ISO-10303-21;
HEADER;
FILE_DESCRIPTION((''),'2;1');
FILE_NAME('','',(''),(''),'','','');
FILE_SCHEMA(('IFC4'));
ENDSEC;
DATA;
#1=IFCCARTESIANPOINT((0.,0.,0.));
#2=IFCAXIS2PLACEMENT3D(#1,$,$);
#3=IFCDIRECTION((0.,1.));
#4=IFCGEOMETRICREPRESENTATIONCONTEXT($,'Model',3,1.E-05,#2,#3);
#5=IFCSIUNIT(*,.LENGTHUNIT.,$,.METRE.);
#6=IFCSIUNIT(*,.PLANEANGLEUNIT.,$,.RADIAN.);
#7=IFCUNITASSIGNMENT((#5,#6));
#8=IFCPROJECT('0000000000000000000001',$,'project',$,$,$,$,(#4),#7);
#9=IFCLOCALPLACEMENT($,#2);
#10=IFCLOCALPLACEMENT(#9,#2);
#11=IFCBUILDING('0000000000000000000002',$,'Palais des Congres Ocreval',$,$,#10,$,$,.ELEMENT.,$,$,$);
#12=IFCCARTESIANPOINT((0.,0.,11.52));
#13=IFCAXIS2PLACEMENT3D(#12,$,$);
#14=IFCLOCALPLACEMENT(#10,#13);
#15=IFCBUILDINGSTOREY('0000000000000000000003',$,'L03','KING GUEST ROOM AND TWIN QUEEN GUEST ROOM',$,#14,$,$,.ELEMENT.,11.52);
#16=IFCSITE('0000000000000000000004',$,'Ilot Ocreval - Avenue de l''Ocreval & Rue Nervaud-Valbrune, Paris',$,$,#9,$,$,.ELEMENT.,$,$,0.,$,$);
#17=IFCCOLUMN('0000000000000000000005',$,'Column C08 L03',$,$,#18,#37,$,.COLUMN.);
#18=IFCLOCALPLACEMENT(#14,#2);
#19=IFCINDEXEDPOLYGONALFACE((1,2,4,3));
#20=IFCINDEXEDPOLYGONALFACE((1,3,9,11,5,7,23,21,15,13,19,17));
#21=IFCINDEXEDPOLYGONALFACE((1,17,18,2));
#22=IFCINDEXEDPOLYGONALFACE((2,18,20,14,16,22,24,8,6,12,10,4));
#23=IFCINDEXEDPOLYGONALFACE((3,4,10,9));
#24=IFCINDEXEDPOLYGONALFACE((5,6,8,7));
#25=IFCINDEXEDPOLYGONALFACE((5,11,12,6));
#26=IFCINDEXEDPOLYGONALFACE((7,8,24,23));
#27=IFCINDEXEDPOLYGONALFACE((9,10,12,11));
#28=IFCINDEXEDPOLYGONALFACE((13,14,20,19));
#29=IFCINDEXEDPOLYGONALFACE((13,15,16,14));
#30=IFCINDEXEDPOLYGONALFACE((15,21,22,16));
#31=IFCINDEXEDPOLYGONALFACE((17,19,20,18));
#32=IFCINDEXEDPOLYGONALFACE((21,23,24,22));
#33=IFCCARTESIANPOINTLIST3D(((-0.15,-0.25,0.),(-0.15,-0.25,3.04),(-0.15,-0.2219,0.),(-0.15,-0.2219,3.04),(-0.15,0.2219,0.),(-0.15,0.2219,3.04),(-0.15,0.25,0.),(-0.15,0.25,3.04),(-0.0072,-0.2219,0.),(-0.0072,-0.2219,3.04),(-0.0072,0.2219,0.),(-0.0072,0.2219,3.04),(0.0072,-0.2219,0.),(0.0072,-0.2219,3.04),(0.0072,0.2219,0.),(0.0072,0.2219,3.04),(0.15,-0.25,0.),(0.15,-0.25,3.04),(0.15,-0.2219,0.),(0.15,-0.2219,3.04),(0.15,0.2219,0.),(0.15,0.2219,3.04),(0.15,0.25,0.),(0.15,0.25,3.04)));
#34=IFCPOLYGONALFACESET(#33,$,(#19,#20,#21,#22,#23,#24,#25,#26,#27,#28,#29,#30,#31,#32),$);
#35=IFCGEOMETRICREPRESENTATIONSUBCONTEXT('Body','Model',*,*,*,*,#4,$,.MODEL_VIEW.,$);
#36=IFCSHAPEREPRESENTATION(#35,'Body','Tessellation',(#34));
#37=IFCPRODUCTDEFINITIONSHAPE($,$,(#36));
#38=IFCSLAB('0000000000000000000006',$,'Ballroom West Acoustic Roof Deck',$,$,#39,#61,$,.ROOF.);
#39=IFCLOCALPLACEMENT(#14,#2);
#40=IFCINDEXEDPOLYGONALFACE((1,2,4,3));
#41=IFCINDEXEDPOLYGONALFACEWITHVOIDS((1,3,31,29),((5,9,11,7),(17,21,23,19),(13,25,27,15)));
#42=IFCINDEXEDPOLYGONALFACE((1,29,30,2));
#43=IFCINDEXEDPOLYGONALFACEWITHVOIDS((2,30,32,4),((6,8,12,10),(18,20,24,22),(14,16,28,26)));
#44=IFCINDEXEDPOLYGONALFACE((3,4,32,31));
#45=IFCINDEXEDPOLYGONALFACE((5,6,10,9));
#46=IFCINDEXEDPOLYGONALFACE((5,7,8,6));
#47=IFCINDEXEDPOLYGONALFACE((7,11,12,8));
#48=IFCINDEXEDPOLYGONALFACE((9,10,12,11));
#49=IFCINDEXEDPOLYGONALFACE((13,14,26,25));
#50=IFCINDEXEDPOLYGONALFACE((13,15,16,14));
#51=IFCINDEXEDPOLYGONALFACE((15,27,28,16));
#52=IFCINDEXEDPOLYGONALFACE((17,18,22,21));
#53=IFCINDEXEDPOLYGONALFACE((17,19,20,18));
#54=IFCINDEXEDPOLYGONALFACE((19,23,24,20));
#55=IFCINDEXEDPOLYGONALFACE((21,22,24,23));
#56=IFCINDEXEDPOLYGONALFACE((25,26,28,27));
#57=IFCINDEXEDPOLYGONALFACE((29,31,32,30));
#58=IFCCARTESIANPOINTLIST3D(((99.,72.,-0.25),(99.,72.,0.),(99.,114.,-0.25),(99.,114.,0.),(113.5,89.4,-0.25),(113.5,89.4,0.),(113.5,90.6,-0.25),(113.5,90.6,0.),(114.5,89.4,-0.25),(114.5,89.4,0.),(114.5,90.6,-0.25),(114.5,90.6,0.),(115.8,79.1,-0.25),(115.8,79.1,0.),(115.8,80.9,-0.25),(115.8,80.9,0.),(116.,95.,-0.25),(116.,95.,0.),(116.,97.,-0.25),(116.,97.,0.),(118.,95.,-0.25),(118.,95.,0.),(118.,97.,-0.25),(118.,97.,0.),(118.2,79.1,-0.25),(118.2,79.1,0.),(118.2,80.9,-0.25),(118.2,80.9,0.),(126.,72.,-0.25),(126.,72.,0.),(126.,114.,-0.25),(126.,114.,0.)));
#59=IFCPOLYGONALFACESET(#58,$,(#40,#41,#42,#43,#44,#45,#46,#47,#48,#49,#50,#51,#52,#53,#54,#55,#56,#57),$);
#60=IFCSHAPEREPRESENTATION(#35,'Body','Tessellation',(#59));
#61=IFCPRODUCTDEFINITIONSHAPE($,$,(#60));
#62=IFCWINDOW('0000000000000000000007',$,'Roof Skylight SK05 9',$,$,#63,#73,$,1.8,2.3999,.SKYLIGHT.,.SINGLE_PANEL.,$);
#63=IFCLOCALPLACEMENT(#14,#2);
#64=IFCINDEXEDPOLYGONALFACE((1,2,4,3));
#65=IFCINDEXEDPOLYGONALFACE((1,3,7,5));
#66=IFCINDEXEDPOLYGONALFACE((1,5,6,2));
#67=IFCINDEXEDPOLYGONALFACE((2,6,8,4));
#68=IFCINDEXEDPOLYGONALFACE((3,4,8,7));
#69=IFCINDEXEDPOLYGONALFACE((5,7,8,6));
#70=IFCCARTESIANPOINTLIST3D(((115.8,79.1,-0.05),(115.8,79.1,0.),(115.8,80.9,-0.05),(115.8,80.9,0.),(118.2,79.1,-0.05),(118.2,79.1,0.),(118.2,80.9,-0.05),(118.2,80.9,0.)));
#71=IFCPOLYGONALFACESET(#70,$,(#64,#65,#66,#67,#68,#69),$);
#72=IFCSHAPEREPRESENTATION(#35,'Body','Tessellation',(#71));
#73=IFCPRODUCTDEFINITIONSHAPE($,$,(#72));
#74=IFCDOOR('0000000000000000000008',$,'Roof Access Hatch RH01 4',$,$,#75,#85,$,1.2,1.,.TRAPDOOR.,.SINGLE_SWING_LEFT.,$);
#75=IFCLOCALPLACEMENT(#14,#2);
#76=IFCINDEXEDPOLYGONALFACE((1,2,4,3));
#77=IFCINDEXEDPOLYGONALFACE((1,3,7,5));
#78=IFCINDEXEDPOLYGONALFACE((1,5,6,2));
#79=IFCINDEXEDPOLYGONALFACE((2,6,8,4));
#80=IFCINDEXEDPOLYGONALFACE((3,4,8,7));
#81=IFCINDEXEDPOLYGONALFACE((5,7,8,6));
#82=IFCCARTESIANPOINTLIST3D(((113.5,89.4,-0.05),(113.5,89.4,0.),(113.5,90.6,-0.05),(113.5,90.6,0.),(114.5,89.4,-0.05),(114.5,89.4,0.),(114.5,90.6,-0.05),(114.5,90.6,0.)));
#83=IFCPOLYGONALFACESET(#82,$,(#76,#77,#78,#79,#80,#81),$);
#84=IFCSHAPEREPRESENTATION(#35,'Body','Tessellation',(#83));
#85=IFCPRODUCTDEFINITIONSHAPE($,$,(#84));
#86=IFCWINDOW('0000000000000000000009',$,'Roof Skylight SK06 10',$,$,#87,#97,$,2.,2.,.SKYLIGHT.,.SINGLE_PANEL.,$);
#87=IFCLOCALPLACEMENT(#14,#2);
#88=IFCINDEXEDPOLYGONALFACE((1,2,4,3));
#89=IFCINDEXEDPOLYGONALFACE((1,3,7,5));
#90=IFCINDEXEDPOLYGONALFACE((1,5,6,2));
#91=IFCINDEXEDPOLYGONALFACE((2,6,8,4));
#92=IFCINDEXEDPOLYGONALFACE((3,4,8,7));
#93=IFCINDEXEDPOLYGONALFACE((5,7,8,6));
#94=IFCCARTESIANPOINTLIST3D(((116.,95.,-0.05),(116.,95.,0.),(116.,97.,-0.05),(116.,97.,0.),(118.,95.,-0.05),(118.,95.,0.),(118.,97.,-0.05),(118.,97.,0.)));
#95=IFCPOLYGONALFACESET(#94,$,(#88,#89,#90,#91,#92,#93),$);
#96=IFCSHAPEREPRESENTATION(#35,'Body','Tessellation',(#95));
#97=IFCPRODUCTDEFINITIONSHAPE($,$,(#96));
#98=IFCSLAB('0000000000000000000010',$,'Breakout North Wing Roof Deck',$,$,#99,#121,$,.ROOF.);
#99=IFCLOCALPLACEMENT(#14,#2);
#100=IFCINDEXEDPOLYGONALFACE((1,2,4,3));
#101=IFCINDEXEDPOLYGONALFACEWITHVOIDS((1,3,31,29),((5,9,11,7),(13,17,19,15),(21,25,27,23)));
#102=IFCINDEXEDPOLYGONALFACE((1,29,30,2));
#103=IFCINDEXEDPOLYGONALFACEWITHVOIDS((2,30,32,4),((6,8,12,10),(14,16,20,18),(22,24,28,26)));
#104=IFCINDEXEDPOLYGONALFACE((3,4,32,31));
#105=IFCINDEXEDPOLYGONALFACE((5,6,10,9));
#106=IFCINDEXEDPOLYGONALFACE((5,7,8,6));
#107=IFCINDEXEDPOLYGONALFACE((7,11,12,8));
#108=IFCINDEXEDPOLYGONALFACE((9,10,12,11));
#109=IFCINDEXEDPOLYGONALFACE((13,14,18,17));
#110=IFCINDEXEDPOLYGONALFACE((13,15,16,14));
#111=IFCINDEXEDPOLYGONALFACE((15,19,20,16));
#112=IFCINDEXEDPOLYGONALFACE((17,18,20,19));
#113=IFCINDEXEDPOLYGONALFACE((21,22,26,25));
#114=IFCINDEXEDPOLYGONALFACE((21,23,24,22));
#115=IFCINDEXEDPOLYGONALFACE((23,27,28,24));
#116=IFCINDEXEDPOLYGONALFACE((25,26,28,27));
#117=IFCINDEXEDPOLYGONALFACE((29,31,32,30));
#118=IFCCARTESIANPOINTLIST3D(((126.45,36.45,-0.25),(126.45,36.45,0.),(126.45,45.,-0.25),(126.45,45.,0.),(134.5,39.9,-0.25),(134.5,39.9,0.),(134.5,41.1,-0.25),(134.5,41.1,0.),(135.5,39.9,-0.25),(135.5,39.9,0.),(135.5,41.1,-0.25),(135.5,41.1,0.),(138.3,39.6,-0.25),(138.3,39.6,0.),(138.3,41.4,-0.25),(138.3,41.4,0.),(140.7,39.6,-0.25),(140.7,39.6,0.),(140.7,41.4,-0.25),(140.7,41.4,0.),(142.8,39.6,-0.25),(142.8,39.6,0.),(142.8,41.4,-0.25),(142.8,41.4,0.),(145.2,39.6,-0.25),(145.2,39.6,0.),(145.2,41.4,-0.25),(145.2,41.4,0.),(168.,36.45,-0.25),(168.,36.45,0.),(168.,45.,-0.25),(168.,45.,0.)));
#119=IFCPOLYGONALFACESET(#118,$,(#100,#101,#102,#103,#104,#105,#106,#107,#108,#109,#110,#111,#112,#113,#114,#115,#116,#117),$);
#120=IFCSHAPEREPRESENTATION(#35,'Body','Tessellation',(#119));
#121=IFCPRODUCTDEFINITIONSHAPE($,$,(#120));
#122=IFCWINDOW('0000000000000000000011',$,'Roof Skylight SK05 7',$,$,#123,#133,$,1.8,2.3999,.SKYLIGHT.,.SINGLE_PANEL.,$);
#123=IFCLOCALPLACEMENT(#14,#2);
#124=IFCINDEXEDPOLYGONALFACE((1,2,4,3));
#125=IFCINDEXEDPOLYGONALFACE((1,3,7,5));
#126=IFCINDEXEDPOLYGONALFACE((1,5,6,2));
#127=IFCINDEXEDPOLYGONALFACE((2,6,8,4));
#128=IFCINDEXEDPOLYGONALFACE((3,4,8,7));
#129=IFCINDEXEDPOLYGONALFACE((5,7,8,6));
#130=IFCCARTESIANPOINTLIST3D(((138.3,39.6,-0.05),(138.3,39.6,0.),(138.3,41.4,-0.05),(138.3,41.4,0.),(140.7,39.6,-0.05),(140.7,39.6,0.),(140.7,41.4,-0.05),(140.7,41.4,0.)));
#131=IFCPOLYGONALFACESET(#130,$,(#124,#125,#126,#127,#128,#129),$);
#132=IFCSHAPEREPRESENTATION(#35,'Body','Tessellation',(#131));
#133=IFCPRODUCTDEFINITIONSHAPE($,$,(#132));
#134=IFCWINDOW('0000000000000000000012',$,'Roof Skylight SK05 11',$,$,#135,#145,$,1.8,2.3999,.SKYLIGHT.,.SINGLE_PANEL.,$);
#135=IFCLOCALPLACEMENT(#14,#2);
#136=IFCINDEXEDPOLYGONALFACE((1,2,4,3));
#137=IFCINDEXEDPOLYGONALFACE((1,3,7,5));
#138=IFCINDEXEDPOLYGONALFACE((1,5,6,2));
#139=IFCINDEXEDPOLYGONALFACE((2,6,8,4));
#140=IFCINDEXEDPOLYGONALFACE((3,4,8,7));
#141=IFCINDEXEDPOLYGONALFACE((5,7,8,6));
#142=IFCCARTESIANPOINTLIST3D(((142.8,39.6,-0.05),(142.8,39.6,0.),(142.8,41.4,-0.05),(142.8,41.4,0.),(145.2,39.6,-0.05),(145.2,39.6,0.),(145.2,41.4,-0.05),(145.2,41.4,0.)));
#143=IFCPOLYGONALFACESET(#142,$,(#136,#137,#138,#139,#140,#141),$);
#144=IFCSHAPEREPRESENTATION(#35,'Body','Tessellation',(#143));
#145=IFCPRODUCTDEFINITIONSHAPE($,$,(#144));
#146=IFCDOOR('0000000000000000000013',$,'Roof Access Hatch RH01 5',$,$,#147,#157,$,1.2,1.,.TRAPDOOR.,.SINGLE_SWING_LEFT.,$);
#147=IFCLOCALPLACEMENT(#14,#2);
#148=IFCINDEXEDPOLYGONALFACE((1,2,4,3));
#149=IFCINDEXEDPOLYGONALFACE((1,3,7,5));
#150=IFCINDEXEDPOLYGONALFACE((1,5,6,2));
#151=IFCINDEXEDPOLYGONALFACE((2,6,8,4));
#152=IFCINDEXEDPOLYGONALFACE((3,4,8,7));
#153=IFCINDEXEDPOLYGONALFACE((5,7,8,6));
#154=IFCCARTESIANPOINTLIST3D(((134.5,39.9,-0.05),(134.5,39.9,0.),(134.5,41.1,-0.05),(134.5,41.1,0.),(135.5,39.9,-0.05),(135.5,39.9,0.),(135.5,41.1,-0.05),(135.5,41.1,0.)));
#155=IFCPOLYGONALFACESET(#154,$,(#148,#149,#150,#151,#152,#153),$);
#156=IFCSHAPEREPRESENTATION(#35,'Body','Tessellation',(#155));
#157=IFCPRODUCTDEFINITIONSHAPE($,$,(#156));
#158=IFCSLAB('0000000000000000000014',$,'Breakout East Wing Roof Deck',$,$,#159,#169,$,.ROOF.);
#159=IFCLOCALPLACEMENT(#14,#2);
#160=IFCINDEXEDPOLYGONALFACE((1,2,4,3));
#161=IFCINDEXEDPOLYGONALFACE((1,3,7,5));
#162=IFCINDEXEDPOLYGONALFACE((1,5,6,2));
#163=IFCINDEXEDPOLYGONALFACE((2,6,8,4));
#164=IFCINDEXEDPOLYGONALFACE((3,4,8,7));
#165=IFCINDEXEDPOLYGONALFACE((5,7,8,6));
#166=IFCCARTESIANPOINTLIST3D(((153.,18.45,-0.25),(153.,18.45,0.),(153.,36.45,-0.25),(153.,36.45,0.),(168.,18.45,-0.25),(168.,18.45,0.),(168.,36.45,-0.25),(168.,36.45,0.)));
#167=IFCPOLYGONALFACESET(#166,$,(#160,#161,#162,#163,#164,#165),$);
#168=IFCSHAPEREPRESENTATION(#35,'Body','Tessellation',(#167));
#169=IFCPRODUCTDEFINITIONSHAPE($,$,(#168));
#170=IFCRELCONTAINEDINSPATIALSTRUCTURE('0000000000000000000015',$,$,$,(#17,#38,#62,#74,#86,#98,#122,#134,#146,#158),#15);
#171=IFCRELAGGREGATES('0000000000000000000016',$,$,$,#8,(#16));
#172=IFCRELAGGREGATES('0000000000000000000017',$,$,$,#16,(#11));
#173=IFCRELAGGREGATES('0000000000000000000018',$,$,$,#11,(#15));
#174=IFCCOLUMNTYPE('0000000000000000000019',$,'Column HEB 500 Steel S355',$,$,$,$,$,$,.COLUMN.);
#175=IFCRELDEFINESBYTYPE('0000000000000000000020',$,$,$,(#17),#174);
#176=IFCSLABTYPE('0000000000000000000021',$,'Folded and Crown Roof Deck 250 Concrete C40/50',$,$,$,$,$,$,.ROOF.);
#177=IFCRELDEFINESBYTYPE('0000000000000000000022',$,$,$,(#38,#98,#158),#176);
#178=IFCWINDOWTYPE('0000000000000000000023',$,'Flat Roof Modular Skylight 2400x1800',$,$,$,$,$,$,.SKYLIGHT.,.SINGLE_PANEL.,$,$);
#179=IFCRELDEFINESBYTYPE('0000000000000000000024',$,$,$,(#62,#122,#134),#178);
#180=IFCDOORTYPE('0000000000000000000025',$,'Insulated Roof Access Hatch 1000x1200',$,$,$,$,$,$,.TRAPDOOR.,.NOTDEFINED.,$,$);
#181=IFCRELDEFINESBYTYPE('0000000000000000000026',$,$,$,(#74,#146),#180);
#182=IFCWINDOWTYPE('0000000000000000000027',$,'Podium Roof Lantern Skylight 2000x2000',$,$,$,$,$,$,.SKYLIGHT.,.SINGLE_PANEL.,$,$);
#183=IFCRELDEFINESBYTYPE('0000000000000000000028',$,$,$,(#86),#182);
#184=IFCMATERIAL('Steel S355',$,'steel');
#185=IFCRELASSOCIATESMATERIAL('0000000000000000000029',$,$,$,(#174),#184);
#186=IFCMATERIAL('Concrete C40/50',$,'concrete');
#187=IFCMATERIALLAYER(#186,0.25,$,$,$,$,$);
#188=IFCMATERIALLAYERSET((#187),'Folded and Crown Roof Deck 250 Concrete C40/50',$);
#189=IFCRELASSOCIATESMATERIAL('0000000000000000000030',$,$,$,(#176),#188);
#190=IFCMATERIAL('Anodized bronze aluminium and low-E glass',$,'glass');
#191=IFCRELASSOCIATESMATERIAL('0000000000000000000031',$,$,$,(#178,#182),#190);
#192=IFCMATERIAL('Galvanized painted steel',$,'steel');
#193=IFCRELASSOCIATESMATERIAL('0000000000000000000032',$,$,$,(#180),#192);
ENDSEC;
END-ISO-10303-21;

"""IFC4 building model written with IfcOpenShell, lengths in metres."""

from ifc_helpers import new_model, si_unit, direction, frame, origin, origin_with_axes, origin_2d, place, context, subcontext, project, spatial, polyline, rectangle, i_section, outline, extrude, material, layer, layer_set, material_profile, profile_set, type_object, element, fill, save


model = new_model("IFC4")

# Units and contexts
model_context = context("Model", 3, precision=1e-05, world=origin(), true_north=direction((0.0, 1.0)))
body_context = subcontext(model_context, "Body", "Model", "MODEL_VIEW")
ifc_project = project(units=[si_unit("LENGTHUNIT", "METRE"), si_unit("PLANEANGLEUNIT", "RADIAN")], contexts=[model_context])

# Site, building, storey
site_placement = place(None, origin())
site = spatial("IfcSite", under=ifc_project, at=site_placement, Name="Ilot Ocreval - Avenue de l'Ocreval & Rue Nervaud-Valbrune, Paris", CompositionType="ELEMENT", RefElevation=0.0)
building_placement = place(site_placement, origin())
building = spatial("IfcBuilding", under=site, at=building_placement, Name="Palais des Congres Ocreval", CompositionType="ELEMENT")
storey_placement = place(building_placement, frame((0.0, 0.0, 11.52)))
storey = spatial("IfcBuildingStorey", under=building, at=storey_placement, Name="L03", Description="KING GUEST ROOM AND TWIN QUEEN GUEST ROOM", CompositionType="ELEMENT", Elevation=11.52)

# Column
ifc_material_1 = material(Name="Steel S355", Category="steel")
ifc_material_profile = material_profile(ifc_material_1, i_section(OverallWidth=0.3, OverallDepth=0.5, WebThickness=0.0144, FlangeThickness=0.0281, at=origin_2d()), Name="HEB 500")
ifc_profile_set = profile_set([ifc_material_profile], Name="Steel S355")
column_type = type_object("IfcColumnType", Name="Column HEB 500 Steel S355", PredefinedType="COLUMN", material=ifc_profile_set)
column_placement = place(storey_placement, origin_with_axes())
element("IfcColumn", 1, at=column_placement, inside=storey, type_object=column_type, Name="Column C08 L03", PredefinedType="COLUMN", context=body_context, shape_type="SweptSolid", body=[
    extrude(i_section(OverallWidth=0.3, OverallDepth=0.5, WebThickness=0.0144, FlangeThickness=0.0281, at=origin_2d()), origin(), (0.0, 0.0, 1.0), 3.04),
])

# Slabs, openings, windows, doors
ifc_material_2 = material(Name="Concrete C40/50", Category="concrete")
ifc_layer_1 = layer(ifc_material_2, 0.25)
ifc_layer_set_1 = layer_set([ifc_layer_1], Name="Folded and Crown Roof Deck 250 Concrete C40/50")
slab_type_1 = type_object("IfcSlabType", Name="Folded and Crown Roof Deck 250 Concrete C40/50", PredefinedType="ROOF", material=ifc_layer_set_1)
slab_1_placement = place(storey_placement, frame((0.0, 0.0, -0.25)))
slab_1 = element("IfcSlab", 2, at=slab_1_placement, inside=storey, type_object=slab_type_1, Name="Ballroom West Acoustic Roof Deck", PredefinedType="ROOF", context=body_context, shape_type="SweptSolid", body=[
    extrude(outline(polyline([(99.0, 72.0), (99.0, 114.0), (126.0, 114.0), (126.0, 72.0), (99.0, 72.0)])), origin(), (0.0, 0.0, 1.0), 0.25),
])
opening_1_placement = place(slab_1_placement, frame((114.0, 90.0, 0.0)))
opening_1 = element("IfcOpeningElement", 3, at=opening_1_placement, cuts=slab_1, PredefinedType="OPENING", context=body_context, shape_type="SweptSolid", body=[
    extrude(rectangle(XDim=1.0, YDim=1.2, at=origin_2d()), frame((0.0, 0.0, -0.01), z_axis=(0.0, 0.0, 1.0), x_axis=(1.0, 0.0, 0.0)), (0.0, 0.0, 1.0), 0.27),
])
opening_2_placement = place(slab_1_placement, frame((117.0, 80.0, 0.0)))
opening_2 = element("IfcOpeningElement", 4, at=opening_2_placement, cuts=slab_1, PredefinedType="OPENING", context=body_context, shape_type="SweptSolid", body=[
    extrude(rectangle(XDim=2.3999, YDim=1.8, at=origin_2d()), frame((0.0, 0.0, -0.01), z_axis=(0.0, 0.0, 1.0), x_axis=(1.0, 0.0, 0.0)), (0.0, 0.0, 1.0), 0.27),
])
opening_3_placement = place(slab_1_placement, frame((117.0, 96.0, 0.0)))
opening_3 = element("IfcOpeningElement", 5, at=opening_3_placement, cuts=slab_1, PredefinedType="OPENING", context=body_context, shape_type="SweptSolid", body=[
    extrude(rectangle(XDim=2.0, YDim=2.0, at=origin_2d()), frame((0.0, 0.0, -0.01), z_axis=(0.0, 0.0, 1.0), x_axis=(1.0, 0.0, 0.0)), (0.0, 0.0, 1.0), 0.27),
])
ifc_material_3 = material(Name="Anodized bronze aluminium and low-E glass", Category="glass")
window_type_1 = type_object("IfcWindowType", Name="Flat Roof Modular Skylight 2400x1800", PartitioningType="SINGLE_PANEL", PredefinedType="SKYLIGHT", material=ifc_material_3)
window_1_placement = place(opening_2_placement, frame((0.0, 0.0, 0.2)))
window_1 = element("IfcWindow", 6, at=window_1_placement, inside=storey, type_object=window_type_1, Name="Roof Skylight SK05 9", OverallHeight=1.8, OverallWidth=2.3999, PartitioningType="SINGLE_PANEL", PredefinedType="SKYLIGHT", context=body_context, shape_type="SweptSolid", body=[
    extrude(rectangle(XDim=2.3999, YDim=1.8, at=origin_2d()), origin(), (0.0, 0.0, 1.0), 0.05),
])
fill(opening_2, window_1)
ifc_material_4 = material(Name="Galvanized painted steel", Category="steel")
door_type = type_object("IfcDoorType", Name="Insulated Roof Access Hatch 1000x1200", OperationType="NOTDEFINED", PredefinedType="TRAPDOOR", material=ifc_material_4)
door_1_placement = place(opening_1_placement, frame((0.0, 0.0, 0.2)))
door_1 = element("IfcDoor", 7, at=door_1_placement, inside=storey, type_object=door_type, Name="Roof Access Hatch RH01 4", OperationType="SINGLE_SWING_LEFT", OverallHeight=1.2, OverallWidth=1.0, PredefinedType="TRAPDOOR", context=body_context, shape_type="SweptSolid", body=[
    extrude(rectangle(XDim=1.0, YDim=1.2, at=origin_2d()), origin(), (0.0, 0.0, 1.0), 0.05),
])
fill(opening_1, door_1)
window_type_2 = type_object("IfcWindowType", Name="Podium Roof Lantern Skylight 2000x2000", PartitioningType="SINGLE_PANEL", PredefinedType="SKYLIGHT", material=ifc_material_3)
window_2_placement = place(opening_3_placement, frame((0.0, 0.0, 0.2)))
window_2 = element("IfcWindow", 8, at=window_2_placement, inside=storey, type_object=window_type_2, Name="Roof Skylight SK06 10", OverallHeight=2.0, OverallWidth=2.0, PartitioningType="SINGLE_PANEL", PredefinedType="SKYLIGHT", context=body_context, shape_type="SweptSolid", body=[
    extrude(rectangle(XDim=2.0, YDim=2.0, at=origin_2d()), origin(), (0.0, 0.0, 1.0), 0.05),
])
fill(opening_3, window_2)
slab_2_placement = place(storey_placement, frame((0.0, 0.0, -0.25)))
slab_2 = element("IfcSlab", 9, at=slab_2_placement, inside=storey, type_object=slab_type_1, Name="Breakout North Wing Roof Deck", PredefinedType="ROOF", context=body_context, shape_type="SweptSolid", body=[
    extrude(outline(polyline([(126.45, 36.45), (126.45, 45.0), (168.0, 45.0), (168.0, 36.45), (126.45, 36.45)])), origin(), (0.0, 0.0, 1.0), 0.25),
])
opening_4_placement = place(slab_2_placement, frame((135.0, 40.5, 0.0)))
opening_4 = element("IfcOpeningElement", 10, at=opening_4_placement, cuts=slab_2, PredefinedType="OPENING", context=body_context, shape_type="SweptSolid", body=[
    extrude(rectangle(XDim=1.0, YDim=1.2, at=origin_2d()), frame((0.0, 0.0, -0.01), z_axis=(0.0, 0.0, 1.0), x_axis=(1.0, 0.0, 0.0)), (0.0, 0.0, 1.0), 0.27),
])
opening_5_placement = place(slab_2_placement, frame((139.5, 40.5, 0.0)))
opening_5 = element("IfcOpeningElement", 11, at=opening_5_placement, cuts=slab_2, PredefinedType="OPENING", context=body_context, shape_type="SweptSolid", body=[
    extrude(rectangle(XDim=2.3999, YDim=1.8, at=origin_2d()), frame((0.0, 0.0, -0.01), z_axis=(0.0, 0.0, 1.0), x_axis=(1.0, 0.0, 0.0)), (0.0, 0.0, 1.0), 0.27),
])
opening_6_placement = place(slab_2_placement, frame((144.0, 40.5, 0.0)))
opening_6 = element("IfcOpeningElement", 12, at=opening_6_placement, cuts=slab_2, PredefinedType="OPENING", context=body_context, shape_type="SweptSolid", body=[
    extrude(rectangle(XDim=2.3999, YDim=1.8, at=origin_2d()), frame((0.0, 0.0, -0.01), z_axis=(0.0, 0.0, 1.0), x_axis=(1.0, 0.0, 0.0)), (0.0, 0.0, 1.0), 0.27),
])
window_3_placement = place(opening_5_placement, frame((0.0, 0.0, 0.2)))
window_3 = element("IfcWindow", 13, at=window_3_placement, inside=storey, type_object=window_type_1, Name="Roof Skylight SK05 7", OverallHeight=1.8, OverallWidth=2.3999, PartitioningType="SINGLE_PANEL", PredefinedType="SKYLIGHT", context=body_context, shape_type="SweptSolid", body=[
    extrude(rectangle(XDim=2.3999, YDim=1.8, at=origin_2d()), origin(), (0.0, 0.0, 1.0), 0.05),
])
fill(opening_5, window_3)
window_4_placement = place(opening_6_placement, frame((0.0, 0.0, 0.2)))
window_4 = element("IfcWindow", 14, at=window_4_placement, inside=storey, type_object=window_type_1, Name="Roof Skylight SK05 11", OverallHeight=1.8, OverallWidth=2.3999, PartitioningType="SINGLE_PANEL", PredefinedType="SKYLIGHT", context=body_context, shape_type="SweptSolid", body=[
    extrude(rectangle(XDim=2.3999, YDim=1.8, at=origin_2d()), origin(), (0.0, 0.0, 1.0), 0.05),
])
fill(opening_6, window_4)
door_2_placement = place(opening_4_placement, frame((0.0, 0.0, 0.2)))
door_2 = element("IfcDoor", 15, at=door_2_placement, inside=storey, type_object=door_type, Name="Roof Access Hatch RH01 5", OperationType="SINGLE_SWING_LEFT", OverallHeight=1.2, OverallWidth=1.0, PredefinedType="TRAPDOOR", context=body_context, shape_type="SweptSolid", body=[
    extrude(rectangle(XDim=1.0, YDim=1.2, at=origin_2d()), origin(), (0.0, 0.0, 1.0), 0.05),
])
fill(opening_4, door_2)

# Slab
slab_3_placement = place(storey_placement, frame((0.0, 0.0, -0.25)))
element("IfcSlab", 16, at=slab_3_placement, inside=storey, type_object=slab_type_1, Name="Breakout East Wing Roof Deck", PredefinedType="ROOF", context=body_context, shape_type="SweptSolid", body=[
    extrude(outline(polyline([(153.0, 18.45), (153.0, 36.45), (168.0, 36.45), (168.0, 18.45), (153.0, 18.45)])), origin(), (0.0, 0.0, 1.0), 0.25),
])

save(model, "model.ifc")
